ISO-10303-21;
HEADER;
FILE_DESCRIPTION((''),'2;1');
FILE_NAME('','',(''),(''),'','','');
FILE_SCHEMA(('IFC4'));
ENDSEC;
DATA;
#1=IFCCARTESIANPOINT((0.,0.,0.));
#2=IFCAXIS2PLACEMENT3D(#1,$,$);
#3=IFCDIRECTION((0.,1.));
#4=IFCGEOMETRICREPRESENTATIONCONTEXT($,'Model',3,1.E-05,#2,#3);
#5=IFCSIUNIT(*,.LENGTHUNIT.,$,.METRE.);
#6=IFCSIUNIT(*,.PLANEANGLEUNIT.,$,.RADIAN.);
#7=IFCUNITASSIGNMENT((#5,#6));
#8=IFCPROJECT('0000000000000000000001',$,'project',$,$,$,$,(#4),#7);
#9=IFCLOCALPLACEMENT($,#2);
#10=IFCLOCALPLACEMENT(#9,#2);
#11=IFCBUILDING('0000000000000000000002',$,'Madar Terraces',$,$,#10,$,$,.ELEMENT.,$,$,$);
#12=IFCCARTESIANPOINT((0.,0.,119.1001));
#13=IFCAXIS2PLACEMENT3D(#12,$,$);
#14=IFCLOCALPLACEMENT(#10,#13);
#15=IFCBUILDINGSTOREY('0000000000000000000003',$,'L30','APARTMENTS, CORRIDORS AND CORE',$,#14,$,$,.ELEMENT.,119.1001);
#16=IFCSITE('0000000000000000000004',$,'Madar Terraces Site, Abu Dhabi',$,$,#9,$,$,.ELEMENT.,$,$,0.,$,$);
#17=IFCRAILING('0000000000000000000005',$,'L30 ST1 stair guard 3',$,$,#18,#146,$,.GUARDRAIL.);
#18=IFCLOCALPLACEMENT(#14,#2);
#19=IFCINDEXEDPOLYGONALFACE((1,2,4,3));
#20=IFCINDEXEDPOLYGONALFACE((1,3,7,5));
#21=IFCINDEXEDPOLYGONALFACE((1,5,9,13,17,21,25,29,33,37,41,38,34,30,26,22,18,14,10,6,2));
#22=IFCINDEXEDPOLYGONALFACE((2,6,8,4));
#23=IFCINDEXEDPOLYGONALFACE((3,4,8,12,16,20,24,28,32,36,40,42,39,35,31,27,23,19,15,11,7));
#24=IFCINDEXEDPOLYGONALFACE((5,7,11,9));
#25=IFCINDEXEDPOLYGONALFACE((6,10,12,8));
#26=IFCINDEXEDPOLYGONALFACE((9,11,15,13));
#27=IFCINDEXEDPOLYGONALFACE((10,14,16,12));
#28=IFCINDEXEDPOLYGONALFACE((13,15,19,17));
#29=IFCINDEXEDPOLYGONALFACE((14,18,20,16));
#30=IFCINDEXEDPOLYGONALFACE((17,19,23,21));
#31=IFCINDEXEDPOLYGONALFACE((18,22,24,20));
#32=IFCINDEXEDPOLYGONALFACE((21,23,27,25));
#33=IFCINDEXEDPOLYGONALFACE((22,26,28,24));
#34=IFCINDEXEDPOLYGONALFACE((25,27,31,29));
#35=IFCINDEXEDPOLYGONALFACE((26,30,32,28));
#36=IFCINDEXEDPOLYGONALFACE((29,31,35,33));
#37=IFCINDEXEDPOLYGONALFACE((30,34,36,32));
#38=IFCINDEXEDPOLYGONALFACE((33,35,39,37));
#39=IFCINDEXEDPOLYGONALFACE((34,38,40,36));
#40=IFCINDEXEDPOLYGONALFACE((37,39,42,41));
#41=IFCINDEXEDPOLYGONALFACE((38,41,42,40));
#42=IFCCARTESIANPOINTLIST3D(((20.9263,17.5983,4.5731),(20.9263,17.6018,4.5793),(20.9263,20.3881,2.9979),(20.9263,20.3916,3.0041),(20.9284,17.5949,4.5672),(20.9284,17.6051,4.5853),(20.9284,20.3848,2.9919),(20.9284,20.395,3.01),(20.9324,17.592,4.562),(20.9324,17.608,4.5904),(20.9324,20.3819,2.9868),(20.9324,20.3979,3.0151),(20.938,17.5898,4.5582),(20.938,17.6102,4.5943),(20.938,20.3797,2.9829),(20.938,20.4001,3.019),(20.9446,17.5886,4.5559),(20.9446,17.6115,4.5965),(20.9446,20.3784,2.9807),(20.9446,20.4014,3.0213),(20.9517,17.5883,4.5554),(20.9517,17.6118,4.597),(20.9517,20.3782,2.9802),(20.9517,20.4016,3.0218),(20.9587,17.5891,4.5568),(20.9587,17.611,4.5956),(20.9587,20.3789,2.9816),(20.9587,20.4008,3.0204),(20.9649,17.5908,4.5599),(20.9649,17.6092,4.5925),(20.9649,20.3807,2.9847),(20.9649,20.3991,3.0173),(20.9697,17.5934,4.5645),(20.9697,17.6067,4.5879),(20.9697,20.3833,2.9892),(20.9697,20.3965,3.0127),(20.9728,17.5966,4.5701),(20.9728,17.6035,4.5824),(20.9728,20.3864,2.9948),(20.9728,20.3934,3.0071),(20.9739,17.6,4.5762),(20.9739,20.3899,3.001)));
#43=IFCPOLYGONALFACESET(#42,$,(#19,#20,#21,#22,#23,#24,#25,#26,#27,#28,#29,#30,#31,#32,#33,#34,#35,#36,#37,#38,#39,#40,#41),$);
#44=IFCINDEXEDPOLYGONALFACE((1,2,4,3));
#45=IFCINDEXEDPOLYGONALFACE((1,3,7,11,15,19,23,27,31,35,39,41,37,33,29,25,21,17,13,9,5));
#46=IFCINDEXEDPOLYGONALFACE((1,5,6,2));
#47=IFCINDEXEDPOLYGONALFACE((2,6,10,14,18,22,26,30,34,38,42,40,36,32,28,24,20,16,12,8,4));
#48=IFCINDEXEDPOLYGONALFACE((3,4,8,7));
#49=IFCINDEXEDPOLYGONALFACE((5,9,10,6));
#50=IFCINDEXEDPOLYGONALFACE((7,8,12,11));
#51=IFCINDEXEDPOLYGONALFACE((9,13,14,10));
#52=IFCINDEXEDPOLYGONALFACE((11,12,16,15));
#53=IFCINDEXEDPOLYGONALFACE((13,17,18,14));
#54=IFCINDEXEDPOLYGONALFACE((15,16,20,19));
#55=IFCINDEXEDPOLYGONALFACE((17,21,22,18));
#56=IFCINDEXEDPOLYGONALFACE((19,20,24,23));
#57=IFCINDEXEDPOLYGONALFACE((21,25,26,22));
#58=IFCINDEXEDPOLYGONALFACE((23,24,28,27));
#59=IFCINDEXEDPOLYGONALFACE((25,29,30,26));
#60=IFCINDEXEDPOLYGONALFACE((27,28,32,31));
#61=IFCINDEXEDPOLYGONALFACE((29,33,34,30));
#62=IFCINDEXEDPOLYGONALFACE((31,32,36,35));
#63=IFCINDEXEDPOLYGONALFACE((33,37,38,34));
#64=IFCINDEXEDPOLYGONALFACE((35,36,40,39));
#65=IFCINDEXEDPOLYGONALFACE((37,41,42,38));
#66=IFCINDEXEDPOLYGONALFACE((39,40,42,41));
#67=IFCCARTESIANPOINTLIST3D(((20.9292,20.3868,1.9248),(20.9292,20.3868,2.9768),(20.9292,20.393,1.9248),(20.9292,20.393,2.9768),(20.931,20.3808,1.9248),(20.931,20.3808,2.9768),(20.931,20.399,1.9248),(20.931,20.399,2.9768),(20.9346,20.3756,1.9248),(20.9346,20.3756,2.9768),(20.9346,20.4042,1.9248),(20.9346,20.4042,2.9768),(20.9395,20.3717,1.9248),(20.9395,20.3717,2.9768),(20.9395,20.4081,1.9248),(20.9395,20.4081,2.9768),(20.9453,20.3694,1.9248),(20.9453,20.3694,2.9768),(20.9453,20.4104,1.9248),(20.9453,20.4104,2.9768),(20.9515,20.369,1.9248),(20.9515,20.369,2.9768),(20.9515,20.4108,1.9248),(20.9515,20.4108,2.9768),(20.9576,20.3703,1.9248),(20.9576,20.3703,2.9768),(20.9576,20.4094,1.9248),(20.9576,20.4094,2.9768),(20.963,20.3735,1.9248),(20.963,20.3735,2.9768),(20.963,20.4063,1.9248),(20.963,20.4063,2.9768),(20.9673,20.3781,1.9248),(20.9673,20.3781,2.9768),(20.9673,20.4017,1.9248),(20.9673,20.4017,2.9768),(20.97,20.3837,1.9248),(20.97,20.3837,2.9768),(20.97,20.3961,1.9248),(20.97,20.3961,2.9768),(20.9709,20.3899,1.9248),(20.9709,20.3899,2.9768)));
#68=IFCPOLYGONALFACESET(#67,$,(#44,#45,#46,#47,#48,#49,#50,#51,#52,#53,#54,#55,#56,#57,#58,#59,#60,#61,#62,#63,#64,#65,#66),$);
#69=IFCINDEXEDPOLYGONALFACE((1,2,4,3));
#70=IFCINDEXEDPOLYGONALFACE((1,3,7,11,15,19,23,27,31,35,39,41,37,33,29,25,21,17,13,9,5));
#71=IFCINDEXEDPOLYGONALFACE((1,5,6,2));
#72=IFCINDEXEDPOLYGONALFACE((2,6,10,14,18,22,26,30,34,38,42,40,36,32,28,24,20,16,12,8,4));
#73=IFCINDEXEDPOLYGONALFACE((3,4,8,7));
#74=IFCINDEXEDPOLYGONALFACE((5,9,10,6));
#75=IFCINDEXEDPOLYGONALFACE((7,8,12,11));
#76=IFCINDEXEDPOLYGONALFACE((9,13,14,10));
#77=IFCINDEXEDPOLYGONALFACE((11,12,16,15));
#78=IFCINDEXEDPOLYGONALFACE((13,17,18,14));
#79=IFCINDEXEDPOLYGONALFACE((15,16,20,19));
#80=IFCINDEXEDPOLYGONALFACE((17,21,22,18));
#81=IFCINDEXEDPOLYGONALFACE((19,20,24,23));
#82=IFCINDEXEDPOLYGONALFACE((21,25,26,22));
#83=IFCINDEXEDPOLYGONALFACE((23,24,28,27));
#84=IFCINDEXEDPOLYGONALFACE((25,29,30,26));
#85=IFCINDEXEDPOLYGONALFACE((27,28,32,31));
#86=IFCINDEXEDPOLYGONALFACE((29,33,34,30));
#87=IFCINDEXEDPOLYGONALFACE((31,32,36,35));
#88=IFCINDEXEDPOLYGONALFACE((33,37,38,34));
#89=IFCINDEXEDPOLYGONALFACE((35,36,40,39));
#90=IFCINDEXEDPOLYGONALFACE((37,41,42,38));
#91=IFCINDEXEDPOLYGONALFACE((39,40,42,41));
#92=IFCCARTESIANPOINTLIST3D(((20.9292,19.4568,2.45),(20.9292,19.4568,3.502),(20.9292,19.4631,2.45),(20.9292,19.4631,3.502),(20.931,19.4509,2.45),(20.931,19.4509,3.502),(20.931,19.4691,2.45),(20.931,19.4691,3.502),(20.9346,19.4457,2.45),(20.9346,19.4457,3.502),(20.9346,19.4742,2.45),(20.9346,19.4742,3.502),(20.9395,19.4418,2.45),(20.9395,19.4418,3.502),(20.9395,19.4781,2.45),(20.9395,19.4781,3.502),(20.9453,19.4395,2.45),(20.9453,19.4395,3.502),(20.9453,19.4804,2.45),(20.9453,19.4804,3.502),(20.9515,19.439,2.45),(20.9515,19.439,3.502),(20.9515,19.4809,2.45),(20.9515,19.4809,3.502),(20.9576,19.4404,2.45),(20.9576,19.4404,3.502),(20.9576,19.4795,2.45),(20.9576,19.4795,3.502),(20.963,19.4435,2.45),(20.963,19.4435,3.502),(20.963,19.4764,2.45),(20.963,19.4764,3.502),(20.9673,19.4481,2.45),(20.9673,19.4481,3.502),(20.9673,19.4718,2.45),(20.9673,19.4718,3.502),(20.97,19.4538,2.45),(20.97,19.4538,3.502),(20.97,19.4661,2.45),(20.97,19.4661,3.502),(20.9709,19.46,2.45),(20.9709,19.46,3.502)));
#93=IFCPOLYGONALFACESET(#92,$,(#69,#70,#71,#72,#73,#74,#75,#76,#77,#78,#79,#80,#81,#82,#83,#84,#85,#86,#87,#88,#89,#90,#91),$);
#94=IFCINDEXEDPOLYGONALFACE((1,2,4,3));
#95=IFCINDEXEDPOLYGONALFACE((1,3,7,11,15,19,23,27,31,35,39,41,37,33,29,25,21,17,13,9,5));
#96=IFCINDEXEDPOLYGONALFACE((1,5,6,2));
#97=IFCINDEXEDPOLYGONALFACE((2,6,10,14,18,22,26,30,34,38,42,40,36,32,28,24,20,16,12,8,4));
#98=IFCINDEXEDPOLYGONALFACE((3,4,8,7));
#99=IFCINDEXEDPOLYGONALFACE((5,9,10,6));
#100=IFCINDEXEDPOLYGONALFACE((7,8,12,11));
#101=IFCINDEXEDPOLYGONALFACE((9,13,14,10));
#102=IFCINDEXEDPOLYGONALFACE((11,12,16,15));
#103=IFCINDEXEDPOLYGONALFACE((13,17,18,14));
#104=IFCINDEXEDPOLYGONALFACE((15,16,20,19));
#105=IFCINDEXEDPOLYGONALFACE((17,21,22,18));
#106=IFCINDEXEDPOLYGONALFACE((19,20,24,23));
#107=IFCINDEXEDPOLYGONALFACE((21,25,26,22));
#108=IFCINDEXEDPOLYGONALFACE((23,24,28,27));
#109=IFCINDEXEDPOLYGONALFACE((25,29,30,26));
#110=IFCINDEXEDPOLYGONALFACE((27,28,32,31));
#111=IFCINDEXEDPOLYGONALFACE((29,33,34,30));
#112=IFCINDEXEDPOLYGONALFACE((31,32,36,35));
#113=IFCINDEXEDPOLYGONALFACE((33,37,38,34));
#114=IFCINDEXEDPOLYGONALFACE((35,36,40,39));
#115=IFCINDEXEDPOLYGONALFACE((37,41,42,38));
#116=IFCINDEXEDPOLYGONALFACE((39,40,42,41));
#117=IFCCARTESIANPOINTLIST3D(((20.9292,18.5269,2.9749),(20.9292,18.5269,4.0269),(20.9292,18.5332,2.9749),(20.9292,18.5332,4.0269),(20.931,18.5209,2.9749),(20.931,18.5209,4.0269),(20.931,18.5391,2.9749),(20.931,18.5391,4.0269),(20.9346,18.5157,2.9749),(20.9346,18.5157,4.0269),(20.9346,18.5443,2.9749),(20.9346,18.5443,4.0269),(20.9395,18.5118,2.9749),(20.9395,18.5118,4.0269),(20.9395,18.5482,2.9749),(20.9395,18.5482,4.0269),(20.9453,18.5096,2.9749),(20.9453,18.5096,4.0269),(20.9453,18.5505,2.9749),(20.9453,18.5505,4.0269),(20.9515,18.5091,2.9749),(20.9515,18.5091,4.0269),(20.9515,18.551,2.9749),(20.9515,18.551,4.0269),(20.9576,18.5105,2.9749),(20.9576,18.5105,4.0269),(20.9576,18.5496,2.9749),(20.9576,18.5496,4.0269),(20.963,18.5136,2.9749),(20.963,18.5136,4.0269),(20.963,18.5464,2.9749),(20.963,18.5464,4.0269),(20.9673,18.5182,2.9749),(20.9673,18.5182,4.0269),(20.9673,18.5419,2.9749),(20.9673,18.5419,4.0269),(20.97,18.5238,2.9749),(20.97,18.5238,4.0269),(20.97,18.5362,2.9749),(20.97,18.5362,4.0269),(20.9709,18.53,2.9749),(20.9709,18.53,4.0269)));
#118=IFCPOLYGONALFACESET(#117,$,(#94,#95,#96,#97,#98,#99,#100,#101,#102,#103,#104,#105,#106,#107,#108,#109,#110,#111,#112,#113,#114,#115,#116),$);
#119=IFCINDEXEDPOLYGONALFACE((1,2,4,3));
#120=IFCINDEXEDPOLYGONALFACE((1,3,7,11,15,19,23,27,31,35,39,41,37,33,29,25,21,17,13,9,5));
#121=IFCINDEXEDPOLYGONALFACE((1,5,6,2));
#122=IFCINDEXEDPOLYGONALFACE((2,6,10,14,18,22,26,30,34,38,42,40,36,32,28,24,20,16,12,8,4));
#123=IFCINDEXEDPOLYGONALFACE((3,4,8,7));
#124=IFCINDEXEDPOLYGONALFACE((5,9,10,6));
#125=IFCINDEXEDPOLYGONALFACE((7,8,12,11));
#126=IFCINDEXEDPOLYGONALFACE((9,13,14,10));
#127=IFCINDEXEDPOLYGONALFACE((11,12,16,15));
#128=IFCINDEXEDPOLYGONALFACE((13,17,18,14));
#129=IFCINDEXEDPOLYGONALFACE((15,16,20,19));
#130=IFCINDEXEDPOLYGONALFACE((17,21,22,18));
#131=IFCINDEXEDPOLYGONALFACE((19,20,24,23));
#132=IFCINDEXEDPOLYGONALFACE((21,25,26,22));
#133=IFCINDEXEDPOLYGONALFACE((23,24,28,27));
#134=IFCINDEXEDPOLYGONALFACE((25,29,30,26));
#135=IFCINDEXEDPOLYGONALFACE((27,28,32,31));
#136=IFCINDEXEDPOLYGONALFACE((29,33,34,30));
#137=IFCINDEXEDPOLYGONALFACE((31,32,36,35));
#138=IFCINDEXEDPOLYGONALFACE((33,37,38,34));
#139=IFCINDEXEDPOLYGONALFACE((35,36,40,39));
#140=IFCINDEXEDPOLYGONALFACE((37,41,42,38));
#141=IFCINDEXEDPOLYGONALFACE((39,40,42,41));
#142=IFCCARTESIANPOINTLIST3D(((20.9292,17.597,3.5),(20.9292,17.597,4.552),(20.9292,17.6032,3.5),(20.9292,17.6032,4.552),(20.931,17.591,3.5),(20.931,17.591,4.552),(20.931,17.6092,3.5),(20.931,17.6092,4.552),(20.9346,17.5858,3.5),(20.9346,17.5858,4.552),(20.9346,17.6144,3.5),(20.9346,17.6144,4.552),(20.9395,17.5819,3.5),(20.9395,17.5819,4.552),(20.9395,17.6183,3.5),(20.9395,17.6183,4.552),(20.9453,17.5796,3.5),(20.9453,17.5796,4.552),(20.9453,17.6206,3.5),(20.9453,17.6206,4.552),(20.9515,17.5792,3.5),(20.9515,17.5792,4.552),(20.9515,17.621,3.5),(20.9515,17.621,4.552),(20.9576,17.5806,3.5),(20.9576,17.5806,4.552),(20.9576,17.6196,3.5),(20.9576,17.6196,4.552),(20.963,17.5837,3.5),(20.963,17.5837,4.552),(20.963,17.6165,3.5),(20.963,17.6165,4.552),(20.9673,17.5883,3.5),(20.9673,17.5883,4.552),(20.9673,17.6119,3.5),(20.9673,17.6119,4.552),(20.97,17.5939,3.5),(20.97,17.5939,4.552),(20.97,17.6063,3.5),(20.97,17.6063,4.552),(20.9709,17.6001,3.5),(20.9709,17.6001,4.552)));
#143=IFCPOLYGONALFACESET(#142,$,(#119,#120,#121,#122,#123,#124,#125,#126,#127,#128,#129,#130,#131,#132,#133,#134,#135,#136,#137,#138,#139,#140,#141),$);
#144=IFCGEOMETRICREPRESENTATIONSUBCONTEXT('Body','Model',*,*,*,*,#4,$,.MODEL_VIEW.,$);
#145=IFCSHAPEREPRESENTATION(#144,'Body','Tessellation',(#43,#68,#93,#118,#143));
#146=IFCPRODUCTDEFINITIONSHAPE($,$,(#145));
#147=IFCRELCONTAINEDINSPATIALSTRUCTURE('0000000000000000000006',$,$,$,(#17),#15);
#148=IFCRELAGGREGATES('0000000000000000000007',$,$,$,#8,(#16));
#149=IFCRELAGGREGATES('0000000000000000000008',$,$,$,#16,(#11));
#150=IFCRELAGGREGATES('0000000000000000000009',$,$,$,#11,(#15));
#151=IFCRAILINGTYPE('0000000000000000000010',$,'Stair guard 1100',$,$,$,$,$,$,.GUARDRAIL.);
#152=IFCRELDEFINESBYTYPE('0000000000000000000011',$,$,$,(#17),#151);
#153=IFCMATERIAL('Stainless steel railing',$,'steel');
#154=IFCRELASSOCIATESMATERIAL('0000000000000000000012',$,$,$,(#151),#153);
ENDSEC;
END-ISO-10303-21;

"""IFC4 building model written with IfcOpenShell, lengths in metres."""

from ifc_helpers import new_model, si_unit, direction, frame, origin, origin_2d, place, context, subcontext, project, spatial, circle, extrude, material, type_object, element, save


model = new_model("IFC4")

# Units and contexts
model_context = context("Model", 3, precision=1e-05, world=origin(), true_north=direction((0.0, 1.0)))
body_context = subcontext(model_context, "Body", "Model", "MODEL_VIEW")
ifc_project = project(units=[si_unit("LENGTHUNIT", "METRE"), si_unit("PLANEANGLEUNIT", "RADIAN")], contexts=[model_context])

# Site, building, storey
site_placement = place(None, origin())
site = spatial("IfcSite", under=ifc_project, at=site_placement, Name="Madar Terraces Site, Abu Dhabi", CompositionType="ELEMENT", RefElevation=0.0)
building_placement = place(site_placement, origin())
building = spatial("IfcBuilding", under=site, at=building_placement, Name="Madar Terraces", CompositionType="ELEMENT")
storey_placement = place(building_placement, frame((0.0, 0.0, 119.1001)))
storey = spatial("IfcBuildingStorey", under=building, at=storey_placement, Name="L30", Description="APARTMENTS, CORRIDORS AND CORE", CompositionType="ELEMENT", Elevation=119.1001)

# Railing
ifc_material_1 = material(Name="Stainless steel railing", Category="steel")
railing_type_1 = type_object("IfcRailingType", Name="Stair guard 1100", PredefinedType="GUARDRAIL", material=ifc_material_1)
railing_1_placement = place(storey_placement, frame((20.95, 20.3899, 1.9248)))
element("IfcRailing", 1, at=railing_1_placement, inside=storey, type_object=railing_type_1, Name="L30 ST1 stair guard 3", PredefinedType="GUARDRAIL", context=body_context, shape_type="SweptSolid", body=[
    extrude(circle(Radius=0.0239, at=origin_2d()), frame((0.0, 0.0, 1.0762), z_axis=(0.0, -0.870783, 0.491668), x_axis=(1.0, 0.0, 0.0)), (0.0, 0.0, 1.0), 3.2039),
    extrude(circle(Radius=0.021, at=origin_2d()), origin(), (0.0, 0.0, 1.0), 1.052),
    extrude(circle(Radius=0.021, at=origin_2d()), frame((0.0, -0.9299, 0.5251)), (0.0, 0.0, 1.0), 1.052),
    extrude(circle(Radius=0.021, at=origin_2d()), frame((0.0, -1.8599, 1.05)), (0.0, 0.0, 1.0), 1.052),
    extrude(circle(Radius=0.021, at=origin_2d()), frame((0.0, -2.7898, 1.5752)), (0.0, 0.0, 1.0), 1.052),
])

save(model, "model.ifc")
